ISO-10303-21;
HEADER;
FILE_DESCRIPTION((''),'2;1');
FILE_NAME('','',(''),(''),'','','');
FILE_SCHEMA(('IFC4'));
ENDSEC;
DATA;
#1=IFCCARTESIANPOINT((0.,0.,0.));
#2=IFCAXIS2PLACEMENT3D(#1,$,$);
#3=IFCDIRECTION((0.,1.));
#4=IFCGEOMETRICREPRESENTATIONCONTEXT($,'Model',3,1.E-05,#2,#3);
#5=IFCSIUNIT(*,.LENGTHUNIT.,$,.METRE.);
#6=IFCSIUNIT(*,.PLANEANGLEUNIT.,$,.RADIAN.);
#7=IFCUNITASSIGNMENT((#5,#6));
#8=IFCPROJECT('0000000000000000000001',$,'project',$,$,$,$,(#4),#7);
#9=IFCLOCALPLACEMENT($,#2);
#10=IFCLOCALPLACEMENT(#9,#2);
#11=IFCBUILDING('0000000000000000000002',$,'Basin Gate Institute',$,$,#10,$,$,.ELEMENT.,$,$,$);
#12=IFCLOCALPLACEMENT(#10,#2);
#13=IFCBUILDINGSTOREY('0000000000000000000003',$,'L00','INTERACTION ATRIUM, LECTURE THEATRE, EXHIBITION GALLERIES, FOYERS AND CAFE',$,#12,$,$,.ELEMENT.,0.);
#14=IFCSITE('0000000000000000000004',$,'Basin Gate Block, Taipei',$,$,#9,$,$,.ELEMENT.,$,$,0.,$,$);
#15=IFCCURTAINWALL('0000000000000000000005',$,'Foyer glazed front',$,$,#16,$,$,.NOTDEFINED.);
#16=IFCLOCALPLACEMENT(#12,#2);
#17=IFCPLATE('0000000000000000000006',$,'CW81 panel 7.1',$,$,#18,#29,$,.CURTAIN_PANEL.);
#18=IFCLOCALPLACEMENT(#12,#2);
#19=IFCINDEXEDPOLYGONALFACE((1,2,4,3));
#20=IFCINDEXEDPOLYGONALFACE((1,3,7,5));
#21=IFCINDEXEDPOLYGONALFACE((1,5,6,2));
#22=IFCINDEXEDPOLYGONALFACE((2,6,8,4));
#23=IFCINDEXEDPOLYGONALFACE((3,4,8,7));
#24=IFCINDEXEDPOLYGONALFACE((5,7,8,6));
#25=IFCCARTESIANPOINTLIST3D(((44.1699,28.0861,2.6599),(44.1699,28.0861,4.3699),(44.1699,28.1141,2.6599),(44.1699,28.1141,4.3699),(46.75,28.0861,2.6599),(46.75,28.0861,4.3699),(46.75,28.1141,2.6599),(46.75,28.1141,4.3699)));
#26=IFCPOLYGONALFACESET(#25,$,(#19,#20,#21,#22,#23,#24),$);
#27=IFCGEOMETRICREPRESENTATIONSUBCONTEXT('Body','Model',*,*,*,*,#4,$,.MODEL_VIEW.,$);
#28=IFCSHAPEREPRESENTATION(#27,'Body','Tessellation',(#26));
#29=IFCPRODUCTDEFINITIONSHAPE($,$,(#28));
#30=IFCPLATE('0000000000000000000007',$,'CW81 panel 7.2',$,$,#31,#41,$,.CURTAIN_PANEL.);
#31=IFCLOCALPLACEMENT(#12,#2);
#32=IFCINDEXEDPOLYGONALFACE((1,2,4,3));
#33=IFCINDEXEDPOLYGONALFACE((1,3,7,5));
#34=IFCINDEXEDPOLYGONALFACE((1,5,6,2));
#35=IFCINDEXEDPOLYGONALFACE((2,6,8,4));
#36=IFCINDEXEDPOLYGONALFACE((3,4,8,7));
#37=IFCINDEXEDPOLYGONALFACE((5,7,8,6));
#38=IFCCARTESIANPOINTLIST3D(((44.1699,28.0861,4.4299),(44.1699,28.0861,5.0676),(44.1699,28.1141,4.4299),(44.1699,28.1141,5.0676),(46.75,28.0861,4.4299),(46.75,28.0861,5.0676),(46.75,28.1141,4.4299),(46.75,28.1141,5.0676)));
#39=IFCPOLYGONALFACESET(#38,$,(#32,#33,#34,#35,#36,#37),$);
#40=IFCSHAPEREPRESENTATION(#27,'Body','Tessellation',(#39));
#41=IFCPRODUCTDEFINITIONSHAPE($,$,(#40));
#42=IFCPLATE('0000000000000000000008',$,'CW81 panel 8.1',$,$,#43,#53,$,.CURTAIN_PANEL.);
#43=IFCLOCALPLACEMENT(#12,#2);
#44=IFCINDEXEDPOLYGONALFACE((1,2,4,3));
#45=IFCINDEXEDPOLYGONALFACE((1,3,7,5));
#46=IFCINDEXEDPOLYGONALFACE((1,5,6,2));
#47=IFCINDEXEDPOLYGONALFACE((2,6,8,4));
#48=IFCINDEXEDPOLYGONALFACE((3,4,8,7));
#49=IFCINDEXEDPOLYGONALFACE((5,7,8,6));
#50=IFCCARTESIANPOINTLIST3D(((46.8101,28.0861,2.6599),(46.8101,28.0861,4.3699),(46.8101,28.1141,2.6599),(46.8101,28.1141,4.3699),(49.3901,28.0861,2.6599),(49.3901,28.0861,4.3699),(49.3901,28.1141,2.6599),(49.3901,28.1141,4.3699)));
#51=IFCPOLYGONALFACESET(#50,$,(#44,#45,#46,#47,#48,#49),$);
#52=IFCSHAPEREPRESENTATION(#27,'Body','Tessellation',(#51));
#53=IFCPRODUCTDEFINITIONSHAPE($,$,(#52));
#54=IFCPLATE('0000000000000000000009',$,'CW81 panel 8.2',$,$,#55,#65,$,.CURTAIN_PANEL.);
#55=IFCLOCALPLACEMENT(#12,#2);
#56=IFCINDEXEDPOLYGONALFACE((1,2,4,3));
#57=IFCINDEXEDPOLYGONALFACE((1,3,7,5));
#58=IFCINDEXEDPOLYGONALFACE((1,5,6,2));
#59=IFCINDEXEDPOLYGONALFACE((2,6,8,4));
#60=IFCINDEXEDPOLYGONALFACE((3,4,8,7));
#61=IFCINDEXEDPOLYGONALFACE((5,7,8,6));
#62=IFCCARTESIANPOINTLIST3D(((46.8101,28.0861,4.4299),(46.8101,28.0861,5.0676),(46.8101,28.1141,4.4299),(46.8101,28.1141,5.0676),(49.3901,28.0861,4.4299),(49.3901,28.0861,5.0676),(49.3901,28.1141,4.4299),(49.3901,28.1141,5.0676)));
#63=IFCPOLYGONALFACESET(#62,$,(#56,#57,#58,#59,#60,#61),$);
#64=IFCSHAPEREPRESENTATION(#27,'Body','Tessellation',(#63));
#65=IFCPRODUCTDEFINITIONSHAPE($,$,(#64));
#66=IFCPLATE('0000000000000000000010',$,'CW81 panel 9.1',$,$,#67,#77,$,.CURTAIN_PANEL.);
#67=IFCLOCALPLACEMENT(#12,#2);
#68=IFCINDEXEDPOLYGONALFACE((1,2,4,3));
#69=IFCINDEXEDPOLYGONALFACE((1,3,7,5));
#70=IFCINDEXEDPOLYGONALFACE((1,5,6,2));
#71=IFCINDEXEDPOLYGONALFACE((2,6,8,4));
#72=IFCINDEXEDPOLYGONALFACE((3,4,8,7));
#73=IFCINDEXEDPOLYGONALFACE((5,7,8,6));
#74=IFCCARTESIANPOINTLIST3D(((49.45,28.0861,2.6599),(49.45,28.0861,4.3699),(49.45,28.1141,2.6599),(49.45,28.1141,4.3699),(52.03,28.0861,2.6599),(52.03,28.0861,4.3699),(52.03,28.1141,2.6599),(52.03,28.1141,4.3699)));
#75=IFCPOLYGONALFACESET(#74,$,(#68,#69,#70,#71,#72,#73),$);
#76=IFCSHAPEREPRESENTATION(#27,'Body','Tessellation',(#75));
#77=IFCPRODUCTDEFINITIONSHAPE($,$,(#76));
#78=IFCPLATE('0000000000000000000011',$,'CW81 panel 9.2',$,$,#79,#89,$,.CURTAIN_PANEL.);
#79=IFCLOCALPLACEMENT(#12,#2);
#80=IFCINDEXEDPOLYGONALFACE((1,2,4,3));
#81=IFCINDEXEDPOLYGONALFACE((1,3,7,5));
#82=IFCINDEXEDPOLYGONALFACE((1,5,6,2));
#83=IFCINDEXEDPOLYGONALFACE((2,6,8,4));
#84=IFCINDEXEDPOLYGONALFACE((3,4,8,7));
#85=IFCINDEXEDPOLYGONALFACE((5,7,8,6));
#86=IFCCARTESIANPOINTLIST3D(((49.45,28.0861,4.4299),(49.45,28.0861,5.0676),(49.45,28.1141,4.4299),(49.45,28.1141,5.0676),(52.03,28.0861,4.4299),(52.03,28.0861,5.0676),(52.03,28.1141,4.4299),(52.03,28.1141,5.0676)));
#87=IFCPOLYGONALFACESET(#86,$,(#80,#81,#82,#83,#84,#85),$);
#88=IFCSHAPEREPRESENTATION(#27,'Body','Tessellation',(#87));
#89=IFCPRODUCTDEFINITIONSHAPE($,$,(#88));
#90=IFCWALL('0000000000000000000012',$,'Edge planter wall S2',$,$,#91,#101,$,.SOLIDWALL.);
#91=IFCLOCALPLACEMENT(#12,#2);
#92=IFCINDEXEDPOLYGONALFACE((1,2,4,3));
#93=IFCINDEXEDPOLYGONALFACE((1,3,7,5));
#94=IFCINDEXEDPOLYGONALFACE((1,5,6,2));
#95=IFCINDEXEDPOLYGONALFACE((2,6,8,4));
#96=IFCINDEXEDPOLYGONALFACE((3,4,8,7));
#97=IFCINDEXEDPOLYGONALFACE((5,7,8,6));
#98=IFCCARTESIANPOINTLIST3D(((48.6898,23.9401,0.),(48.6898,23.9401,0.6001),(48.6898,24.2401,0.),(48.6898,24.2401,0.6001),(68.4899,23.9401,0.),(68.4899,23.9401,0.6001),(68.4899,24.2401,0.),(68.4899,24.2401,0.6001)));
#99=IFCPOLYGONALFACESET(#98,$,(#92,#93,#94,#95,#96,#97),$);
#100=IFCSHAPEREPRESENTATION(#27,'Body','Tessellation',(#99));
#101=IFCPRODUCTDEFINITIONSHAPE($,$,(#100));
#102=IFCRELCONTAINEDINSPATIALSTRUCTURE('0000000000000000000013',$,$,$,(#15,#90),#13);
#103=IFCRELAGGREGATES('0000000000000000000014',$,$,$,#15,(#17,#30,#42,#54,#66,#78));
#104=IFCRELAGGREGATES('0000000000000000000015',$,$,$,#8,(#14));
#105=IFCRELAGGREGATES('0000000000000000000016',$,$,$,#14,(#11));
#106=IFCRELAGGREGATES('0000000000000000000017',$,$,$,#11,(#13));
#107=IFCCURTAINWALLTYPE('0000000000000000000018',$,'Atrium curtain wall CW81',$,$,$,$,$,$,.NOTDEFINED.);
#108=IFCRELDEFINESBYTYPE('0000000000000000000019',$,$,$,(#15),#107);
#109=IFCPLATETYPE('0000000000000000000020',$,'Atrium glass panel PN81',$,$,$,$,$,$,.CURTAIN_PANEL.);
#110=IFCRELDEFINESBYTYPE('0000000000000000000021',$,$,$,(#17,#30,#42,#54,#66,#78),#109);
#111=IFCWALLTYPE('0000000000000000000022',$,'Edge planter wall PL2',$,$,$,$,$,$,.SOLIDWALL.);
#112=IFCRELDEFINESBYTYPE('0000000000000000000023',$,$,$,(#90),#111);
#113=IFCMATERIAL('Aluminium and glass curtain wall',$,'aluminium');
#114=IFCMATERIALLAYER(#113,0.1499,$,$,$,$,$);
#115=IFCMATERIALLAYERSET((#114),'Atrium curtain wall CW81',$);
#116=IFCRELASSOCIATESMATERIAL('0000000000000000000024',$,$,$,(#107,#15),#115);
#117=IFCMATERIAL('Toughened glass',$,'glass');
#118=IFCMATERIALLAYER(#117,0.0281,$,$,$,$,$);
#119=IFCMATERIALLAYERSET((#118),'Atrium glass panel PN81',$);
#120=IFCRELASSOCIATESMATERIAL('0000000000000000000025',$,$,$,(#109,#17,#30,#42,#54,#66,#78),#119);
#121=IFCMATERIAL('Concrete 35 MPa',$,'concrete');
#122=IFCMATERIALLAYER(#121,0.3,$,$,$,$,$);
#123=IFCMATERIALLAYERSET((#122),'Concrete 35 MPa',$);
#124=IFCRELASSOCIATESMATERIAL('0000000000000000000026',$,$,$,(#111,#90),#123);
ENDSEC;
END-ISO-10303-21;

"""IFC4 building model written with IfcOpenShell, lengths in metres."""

from ifc_helpers import new_model, si_unit, direction, frame, frame_2d, origin, origin_2d, place, context, subcontext, project, spatial, rectangle, extrude, material, layer, layer_set, type_object, element, aggregate, save


model = new_model("IFC4")

# Units and contexts
model_context = context("Model", 3, precision=1e-05, world=origin(), true_north=direction((0.0, 1.0)))
body_context = subcontext(model_context, "Body", "Model", "MODEL_VIEW")
ifc_project = project(units=[si_unit("LENGTHUNIT", "METRE"), si_unit("PLANEANGLEUNIT", "RADIAN")], contexts=[model_context])

# Site, building, storey
site_placement = place(None, origin())
site = spatial("IfcSite", under=ifc_project, at=site_placement, Name="Basin Gate Block, Taipei", CompositionType="ELEMENT", RefElevation=0.0)
building_placement = place(site_placement, origin())
building = spatial("IfcBuilding", under=site, at=building_placement, Name="Basin Gate Institute", CompositionType="ELEMENT")
storey_placement = place(building_placement, origin())
storey = spatial("IfcBuildingStorey", under=building, at=storey_placement, Name="L00", Description="INTERACTION ATRIUM, LECTURE THEATRE, EXHIBITION GALLERIES, FOYERS AND CAFE", CompositionType="ELEMENT", Elevation=0.0)

# Curtain wall
ifc_material_1 = material(Name="Aluminium and glass curtain wall", Category="aluminium")
ifc_layer_1 = layer(ifc_material_1, 0.1499)
ifc_layer_set_1 = layer_set([ifc_layer_1], Name="Atrium curtain wall CW81")
curtain_wall_type = type_object("IfcCurtainWallType", Name="Atrium curtain wall CW81", PredefinedType="NOTDEFINED", material=ifc_layer_set_1)
curtain_wall_placement = place(storey_placement, origin())
curtain_wall = element("IfcCurtainWall", 1, at=curtain_wall_placement, inside=storey, type_object=curtain_wall_type, material=ifc_layer_set_1, Name="Foyer glazed front", PredefinedType="NOTDEFINED")

# Plates
ifc_material_2 = material(Name="Toughened glass", Category="glass")
ifc_layer_2 = layer(ifc_material_2, 0.0281)
ifc_layer_set_2 = layer_set([ifc_layer_2], Name="Atrium glass panel PN81")
plate_type = type_object("IfcPlateType", Name="Atrium glass panel PN81", PredefinedType="CURTAIN_PANEL", material=ifc_layer_set_2)
plate_1_placement = place(storey_placement, frame((45.46, 28.1001, 2.6599), z_axis=(0.0, 0.0, 1.0), x_axis=(1.0, 0.0, 0.0)))
plate_1 = element("IfcPlate", 2, at=plate_1_placement, type_object=plate_type, material=ifc_layer_set_2, Name="CW81 panel 7.1", PredefinedType="CURTAIN_PANEL", context=body_context, shape_type="SweptSolid", body=[
    extrude(rectangle(XDim=2.5801, YDim=0.0281, at=origin_2d()), origin(), (0.0, 0.0, 1.0), 1.71),
])
plate_2_placement = place(storey_placement, frame((45.46, 28.1001, 4.4299), z_axis=(0.0, 0.0, 1.0), x_axis=(1.0, 0.0, 0.0)))
plate_2 = element("IfcPlate", 3, at=plate_2_placement, type_object=plate_type, material=ifc_layer_set_2, Name="CW81 panel 7.2", PredefinedType="CURTAIN_PANEL", context=body_context, shape_type="SweptSolid", body=[
    extrude(rectangle(XDim=2.5801, YDim=0.0281, at=origin_2d()), origin(), (0.0, 0.0, 1.0), 0.6377),
])
plate_3_placement = place(storey_placement, frame((48.1001, 28.1001, 2.6599), z_axis=(0.0, 0.0, 1.0), x_axis=(1.0, 0.0, 0.0)))
plate_3 = element("IfcPlate", 4, at=plate_3_placement, type_object=plate_type, material=ifc_layer_set_2, Name="CW81 panel 8.1", PredefinedType="CURTAIN_PANEL", context=body_context, shape_type="SweptSolid", body=[
    extrude(rectangle(XDim=2.5801, YDim=0.0281, at=origin_2d()), origin(), (0.0, 0.0, 1.0), 1.71),
])
plate_4_placement = place(storey_placement, frame((48.1001, 28.1001, 4.4299), z_axis=(0.0, 0.0, 1.0), x_axis=(1.0, 0.0, 0.0)))
plate_4 = element("IfcPlate", 5, at=plate_4_placement, type_object=plate_type, material=ifc_layer_set_2, Name="CW81 panel 8.2", PredefinedType="CURTAIN_PANEL", context=body_context, shape_type="SweptSolid", body=[
    extrude(rectangle(XDim=2.5801, YDim=0.0281, at=origin_2d()), origin(), (0.0, 0.0, 1.0), 0.6377),
])
plate_5_placement = place(storey_placement, frame((50.74, 28.1001, 2.6599), z_axis=(0.0, 0.0, 1.0), x_axis=(1.0, 0.0, 0.0)))
plate_5 = element("IfcPlate", 6, at=plate_5_placement, type_object=plate_type, material=ifc_layer_set_2, Name="CW81 panel 9.1", PredefinedType="CURTAIN_PANEL", context=body_context, shape_type="SweptSolid", body=[
    extrude(rectangle(XDim=2.5801, YDim=0.0281, at=origin_2d()), origin(), (0.0, 0.0, 1.0), 1.71),
])
plate_6_placement = place(storey_placement, frame((50.74, 28.1001, 4.4299), z_axis=(0.0, 0.0, 1.0), x_axis=(1.0, 0.0, 0.0)))
plate_6 = element("IfcPlate", 7, at=plate_6_placement, type_object=plate_type, material=ifc_layer_set_2, Name="CW81 panel 9.2", PredefinedType="CURTAIN_PANEL", context=body_context, shape_type="SweptSolid", body=[
    extrude(rectangle(XDim=2.5801, YDim=0.0281, at=origin_2d()), origin(), (0.0, 0.0, 1.0), 0.6377),
])
aggregate(curtain_wall, [plate_1, plate_2, plate_3, plate_4, plate_5, plate_6])

# Wall
ifc_material_3 = material(Name="Concrete 35 MPa", Category="concrete")
ifc_layer_3 = layer(ifc_material_3, 0.3)
ifc_layer_set_3 = layer_set([ifc_layer_3], Name="Concrete 35 MPa")
wall_type = type_object("IfcWallType", Name="Edge planter wall PL2", PredefinedType="SOLIDWALL", material=ifc_layer_set_3)
wall_placement = place(storey_placement, frame((48.6899, 24.0901, 0.0), z_axis=(0.0, 0.0, 1.0), x_axis=(1.0, 0.0, 0.0)))
element("IfcWall", 8, at=wall_placement, inside=storey, type_object=wall_type, material=ifc_layer_set_3, Name="Edge planter wall S2", PredefinedType="SOLIDWALL", context=body_context, shape_type="SweptSolid", body=[
    extrude(rectangle(XDim=19.8, YDim=0.3, at=frame_2d((9.8999, 0.0))), origin(), (0.0, 0.0, 1.0), 0.6001),
])

save(model, "model.ifc")
